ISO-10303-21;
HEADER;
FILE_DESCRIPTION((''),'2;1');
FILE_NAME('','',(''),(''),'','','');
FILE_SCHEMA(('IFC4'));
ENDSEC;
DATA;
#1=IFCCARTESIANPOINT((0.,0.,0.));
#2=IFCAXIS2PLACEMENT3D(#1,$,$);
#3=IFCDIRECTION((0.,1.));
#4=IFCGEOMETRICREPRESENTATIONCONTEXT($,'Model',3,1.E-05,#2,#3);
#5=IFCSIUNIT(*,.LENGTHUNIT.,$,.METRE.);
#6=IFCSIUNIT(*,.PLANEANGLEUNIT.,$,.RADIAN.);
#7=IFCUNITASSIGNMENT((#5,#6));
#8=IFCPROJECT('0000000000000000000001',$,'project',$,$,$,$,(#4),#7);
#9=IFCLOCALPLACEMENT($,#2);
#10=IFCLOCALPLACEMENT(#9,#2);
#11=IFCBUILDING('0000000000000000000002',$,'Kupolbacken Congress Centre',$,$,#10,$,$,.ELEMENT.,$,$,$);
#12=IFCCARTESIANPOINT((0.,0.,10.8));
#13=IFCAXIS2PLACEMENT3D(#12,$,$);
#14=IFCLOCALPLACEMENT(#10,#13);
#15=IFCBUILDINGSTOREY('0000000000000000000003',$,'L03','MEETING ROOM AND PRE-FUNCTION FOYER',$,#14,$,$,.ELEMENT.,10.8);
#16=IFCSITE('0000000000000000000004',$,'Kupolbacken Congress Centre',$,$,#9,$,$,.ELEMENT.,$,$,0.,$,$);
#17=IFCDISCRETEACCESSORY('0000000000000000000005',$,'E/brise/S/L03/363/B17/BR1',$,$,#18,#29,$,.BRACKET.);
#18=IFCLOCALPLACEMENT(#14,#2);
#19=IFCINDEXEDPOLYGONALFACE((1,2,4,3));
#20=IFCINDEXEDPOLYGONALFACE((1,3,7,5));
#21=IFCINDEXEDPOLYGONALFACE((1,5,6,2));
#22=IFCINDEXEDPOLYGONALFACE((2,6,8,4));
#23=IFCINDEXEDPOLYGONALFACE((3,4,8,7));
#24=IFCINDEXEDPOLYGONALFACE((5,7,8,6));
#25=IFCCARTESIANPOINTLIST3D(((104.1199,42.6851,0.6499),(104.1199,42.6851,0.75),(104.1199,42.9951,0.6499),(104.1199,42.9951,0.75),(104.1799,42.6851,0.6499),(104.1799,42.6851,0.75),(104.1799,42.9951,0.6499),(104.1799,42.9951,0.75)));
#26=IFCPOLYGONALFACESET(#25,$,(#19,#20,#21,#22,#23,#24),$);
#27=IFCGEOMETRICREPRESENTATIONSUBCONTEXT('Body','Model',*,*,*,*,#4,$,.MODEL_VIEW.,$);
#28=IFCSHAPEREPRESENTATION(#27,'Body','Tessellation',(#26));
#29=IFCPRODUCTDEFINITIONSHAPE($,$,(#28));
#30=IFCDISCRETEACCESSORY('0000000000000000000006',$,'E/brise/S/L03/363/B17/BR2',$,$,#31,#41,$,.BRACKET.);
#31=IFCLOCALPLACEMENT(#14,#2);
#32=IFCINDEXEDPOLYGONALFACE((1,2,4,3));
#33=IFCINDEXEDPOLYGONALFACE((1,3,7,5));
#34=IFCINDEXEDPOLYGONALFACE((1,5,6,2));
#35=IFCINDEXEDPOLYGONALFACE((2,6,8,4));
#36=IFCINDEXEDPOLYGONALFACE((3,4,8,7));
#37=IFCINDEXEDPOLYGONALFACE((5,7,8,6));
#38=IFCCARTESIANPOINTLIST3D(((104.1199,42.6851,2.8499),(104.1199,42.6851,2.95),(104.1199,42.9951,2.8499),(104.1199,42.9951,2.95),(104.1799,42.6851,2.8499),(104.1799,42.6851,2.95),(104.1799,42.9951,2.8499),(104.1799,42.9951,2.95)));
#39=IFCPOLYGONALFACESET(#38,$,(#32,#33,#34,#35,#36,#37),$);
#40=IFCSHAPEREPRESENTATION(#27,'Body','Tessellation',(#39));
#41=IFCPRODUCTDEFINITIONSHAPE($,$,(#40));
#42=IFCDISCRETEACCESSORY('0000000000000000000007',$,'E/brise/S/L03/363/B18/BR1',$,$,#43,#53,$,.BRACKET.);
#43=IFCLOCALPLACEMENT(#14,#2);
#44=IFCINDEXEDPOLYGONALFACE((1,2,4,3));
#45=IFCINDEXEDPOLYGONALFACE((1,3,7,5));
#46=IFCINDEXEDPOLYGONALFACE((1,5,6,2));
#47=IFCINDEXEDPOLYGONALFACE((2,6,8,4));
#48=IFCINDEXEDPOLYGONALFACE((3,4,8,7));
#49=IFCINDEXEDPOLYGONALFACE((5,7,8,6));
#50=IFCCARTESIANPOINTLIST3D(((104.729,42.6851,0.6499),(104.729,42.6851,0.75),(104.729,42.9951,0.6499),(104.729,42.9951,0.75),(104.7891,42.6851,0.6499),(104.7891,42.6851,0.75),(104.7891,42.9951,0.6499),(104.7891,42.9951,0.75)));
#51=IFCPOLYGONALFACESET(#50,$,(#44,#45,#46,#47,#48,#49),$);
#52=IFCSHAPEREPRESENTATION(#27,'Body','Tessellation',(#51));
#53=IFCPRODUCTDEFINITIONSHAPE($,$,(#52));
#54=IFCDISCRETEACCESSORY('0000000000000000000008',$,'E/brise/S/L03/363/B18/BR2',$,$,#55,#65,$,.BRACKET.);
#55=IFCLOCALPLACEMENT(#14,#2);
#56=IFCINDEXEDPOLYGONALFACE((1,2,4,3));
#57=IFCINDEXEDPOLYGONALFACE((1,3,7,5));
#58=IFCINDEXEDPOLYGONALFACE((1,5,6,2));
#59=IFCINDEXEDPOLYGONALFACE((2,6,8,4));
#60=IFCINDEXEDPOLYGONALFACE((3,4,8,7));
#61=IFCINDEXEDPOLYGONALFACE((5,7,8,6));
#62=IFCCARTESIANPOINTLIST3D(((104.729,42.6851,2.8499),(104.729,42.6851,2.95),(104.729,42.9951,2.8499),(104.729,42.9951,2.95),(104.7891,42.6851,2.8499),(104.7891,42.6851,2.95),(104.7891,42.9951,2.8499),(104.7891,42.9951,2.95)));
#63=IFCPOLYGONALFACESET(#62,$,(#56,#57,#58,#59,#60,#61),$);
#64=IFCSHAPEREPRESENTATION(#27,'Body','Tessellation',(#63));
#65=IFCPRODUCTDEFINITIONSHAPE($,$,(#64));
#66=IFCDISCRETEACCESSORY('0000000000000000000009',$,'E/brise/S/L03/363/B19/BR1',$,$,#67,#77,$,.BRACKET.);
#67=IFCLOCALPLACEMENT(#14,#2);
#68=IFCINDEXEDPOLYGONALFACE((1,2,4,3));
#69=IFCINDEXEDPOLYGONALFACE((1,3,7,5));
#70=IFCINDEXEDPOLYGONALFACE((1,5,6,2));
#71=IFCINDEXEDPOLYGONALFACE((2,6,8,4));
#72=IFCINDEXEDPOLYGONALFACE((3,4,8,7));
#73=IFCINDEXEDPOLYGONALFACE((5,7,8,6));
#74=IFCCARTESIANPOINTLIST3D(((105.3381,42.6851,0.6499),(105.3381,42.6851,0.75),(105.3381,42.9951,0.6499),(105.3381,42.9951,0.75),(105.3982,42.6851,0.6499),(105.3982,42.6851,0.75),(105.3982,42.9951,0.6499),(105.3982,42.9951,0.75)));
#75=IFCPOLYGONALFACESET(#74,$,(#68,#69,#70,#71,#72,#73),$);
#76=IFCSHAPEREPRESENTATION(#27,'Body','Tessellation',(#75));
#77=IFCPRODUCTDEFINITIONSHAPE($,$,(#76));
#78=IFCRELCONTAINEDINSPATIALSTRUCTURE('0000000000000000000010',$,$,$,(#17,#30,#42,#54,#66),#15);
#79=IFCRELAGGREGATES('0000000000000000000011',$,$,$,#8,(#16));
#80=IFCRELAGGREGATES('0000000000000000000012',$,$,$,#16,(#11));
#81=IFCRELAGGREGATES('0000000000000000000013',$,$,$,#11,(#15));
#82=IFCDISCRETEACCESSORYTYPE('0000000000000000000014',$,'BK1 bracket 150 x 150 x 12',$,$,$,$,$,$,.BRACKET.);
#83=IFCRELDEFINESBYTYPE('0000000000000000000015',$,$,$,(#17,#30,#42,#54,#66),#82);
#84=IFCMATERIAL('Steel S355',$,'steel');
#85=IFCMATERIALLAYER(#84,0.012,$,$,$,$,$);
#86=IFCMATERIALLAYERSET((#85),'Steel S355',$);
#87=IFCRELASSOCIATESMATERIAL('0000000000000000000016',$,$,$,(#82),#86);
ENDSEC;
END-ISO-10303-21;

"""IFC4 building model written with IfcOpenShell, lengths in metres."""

from ifc_helpers import new_model, si_unit, direction, frame, origin, origin_2d, place, context, subcontext, project, spatial, rectangle, extrude, material, layer, layer_set, type_object, element, save


model = new_model("IFC4")

# Units and contexts
model_context = context("Model", 3, precision=1e-05, world=origin(), true_north=direction((0.0, 1.0)))
body_context = subcontext(model_context, "Body", "Model", "MODEL_VIEW")
ifc_project = project(units=[si_unit("LENGTHUNIT", "METRE"), si_unit("PLANEANGLEUNIT", "RADIAN")], contexts=[model_context])

# Site, building, storey
site_placement = place(None, origin())
site = spatial("IfcSite", under=ifc_project, at=site_placement, Name="Kupolbacken Congress Centre", CompositionType="ELEMENT", RefElevation=0.0)
building_placement = place(site_placement, origin())
building = spatial("IfcBuilding", under=site, at=building_placement, Name="Kupolbacken Congress Centre", CompositionType="ELEMENT")
storey_placement = place(building_placement, frame((0.0, 0.0, 10.8)))
storey = spatial("IfcBuildingStorey", under=building, at=storey_placement, Name="L03", Description="MEETING ROOM AND PRE-FUNCTION FOYER", CompositionType="ELEMENT", Elevation=10.8)

# Discrete accessories
ifc_material_1 = material(Name="Steel S355", Category="steel")
ifc_layer_1 = layer(ifc_material_1, 0.012)
ifc_layer_set_1 = layer_set([ifc_layer_1], Name="Steel S355")
discrete_accessory_type = type_object("IfcDiscreteAccessoryType", Name="BK1 bracket 150 x 150 x 12", PredefinedType="BRACKET", material=ifc_layer_set_1)
for number, where, z_axis, x_axis, name in (
    (1, (104.1499, 42.8401, 0.6499), (0.0, 0.0, 1.0), (1.0, 0.0, 0.0), "E/brise/S/L03/363/B17/BR1"),
    (2, (104.1499, 42.8401, 2.8499), (0.0, 0.0, 1.0), (1.0, 0.0, 0.0), "E/brise/S/L03/363/B17/BR2"),
    (3, (104.759, 42.8401, 0.6499), (0.0, 0.0, 1.0), (1.0, 0.0, 0.0), "E/brise/S/L03/363/B18/BR1"),
    (4, (104.759, 42.8401, 2.8499), (0.0, 0.0, 1.0), (1.0, 0.0, 0.0), "E/brise/S/L03/363/B18/BR2"),
    (5, (105.3682, 42.8401, 0.6499), (0.0, 0.0, 1.0), (1.0, 0.0, 0.0), "E/brise/S/L03/363/B19/BR1"),
):
    element("IfcDiscreteAccessory", number, at=place(storey_placement, frame(where, z_axis=z_axis, x_axis=x_axis)), inside=storey, type_object=discrete_accessory_type, Name=name, PredefinedType="BRACKET", context=body_context, shape_type="SweptSolid", body=[
        extrude(rectangle(XDim=0.0601, YDim=0.3101, at=origin_2d()), origin(), (0.0, 0.0, 1.0), 0.1001),
    ])

save(model, "model.ifc")
